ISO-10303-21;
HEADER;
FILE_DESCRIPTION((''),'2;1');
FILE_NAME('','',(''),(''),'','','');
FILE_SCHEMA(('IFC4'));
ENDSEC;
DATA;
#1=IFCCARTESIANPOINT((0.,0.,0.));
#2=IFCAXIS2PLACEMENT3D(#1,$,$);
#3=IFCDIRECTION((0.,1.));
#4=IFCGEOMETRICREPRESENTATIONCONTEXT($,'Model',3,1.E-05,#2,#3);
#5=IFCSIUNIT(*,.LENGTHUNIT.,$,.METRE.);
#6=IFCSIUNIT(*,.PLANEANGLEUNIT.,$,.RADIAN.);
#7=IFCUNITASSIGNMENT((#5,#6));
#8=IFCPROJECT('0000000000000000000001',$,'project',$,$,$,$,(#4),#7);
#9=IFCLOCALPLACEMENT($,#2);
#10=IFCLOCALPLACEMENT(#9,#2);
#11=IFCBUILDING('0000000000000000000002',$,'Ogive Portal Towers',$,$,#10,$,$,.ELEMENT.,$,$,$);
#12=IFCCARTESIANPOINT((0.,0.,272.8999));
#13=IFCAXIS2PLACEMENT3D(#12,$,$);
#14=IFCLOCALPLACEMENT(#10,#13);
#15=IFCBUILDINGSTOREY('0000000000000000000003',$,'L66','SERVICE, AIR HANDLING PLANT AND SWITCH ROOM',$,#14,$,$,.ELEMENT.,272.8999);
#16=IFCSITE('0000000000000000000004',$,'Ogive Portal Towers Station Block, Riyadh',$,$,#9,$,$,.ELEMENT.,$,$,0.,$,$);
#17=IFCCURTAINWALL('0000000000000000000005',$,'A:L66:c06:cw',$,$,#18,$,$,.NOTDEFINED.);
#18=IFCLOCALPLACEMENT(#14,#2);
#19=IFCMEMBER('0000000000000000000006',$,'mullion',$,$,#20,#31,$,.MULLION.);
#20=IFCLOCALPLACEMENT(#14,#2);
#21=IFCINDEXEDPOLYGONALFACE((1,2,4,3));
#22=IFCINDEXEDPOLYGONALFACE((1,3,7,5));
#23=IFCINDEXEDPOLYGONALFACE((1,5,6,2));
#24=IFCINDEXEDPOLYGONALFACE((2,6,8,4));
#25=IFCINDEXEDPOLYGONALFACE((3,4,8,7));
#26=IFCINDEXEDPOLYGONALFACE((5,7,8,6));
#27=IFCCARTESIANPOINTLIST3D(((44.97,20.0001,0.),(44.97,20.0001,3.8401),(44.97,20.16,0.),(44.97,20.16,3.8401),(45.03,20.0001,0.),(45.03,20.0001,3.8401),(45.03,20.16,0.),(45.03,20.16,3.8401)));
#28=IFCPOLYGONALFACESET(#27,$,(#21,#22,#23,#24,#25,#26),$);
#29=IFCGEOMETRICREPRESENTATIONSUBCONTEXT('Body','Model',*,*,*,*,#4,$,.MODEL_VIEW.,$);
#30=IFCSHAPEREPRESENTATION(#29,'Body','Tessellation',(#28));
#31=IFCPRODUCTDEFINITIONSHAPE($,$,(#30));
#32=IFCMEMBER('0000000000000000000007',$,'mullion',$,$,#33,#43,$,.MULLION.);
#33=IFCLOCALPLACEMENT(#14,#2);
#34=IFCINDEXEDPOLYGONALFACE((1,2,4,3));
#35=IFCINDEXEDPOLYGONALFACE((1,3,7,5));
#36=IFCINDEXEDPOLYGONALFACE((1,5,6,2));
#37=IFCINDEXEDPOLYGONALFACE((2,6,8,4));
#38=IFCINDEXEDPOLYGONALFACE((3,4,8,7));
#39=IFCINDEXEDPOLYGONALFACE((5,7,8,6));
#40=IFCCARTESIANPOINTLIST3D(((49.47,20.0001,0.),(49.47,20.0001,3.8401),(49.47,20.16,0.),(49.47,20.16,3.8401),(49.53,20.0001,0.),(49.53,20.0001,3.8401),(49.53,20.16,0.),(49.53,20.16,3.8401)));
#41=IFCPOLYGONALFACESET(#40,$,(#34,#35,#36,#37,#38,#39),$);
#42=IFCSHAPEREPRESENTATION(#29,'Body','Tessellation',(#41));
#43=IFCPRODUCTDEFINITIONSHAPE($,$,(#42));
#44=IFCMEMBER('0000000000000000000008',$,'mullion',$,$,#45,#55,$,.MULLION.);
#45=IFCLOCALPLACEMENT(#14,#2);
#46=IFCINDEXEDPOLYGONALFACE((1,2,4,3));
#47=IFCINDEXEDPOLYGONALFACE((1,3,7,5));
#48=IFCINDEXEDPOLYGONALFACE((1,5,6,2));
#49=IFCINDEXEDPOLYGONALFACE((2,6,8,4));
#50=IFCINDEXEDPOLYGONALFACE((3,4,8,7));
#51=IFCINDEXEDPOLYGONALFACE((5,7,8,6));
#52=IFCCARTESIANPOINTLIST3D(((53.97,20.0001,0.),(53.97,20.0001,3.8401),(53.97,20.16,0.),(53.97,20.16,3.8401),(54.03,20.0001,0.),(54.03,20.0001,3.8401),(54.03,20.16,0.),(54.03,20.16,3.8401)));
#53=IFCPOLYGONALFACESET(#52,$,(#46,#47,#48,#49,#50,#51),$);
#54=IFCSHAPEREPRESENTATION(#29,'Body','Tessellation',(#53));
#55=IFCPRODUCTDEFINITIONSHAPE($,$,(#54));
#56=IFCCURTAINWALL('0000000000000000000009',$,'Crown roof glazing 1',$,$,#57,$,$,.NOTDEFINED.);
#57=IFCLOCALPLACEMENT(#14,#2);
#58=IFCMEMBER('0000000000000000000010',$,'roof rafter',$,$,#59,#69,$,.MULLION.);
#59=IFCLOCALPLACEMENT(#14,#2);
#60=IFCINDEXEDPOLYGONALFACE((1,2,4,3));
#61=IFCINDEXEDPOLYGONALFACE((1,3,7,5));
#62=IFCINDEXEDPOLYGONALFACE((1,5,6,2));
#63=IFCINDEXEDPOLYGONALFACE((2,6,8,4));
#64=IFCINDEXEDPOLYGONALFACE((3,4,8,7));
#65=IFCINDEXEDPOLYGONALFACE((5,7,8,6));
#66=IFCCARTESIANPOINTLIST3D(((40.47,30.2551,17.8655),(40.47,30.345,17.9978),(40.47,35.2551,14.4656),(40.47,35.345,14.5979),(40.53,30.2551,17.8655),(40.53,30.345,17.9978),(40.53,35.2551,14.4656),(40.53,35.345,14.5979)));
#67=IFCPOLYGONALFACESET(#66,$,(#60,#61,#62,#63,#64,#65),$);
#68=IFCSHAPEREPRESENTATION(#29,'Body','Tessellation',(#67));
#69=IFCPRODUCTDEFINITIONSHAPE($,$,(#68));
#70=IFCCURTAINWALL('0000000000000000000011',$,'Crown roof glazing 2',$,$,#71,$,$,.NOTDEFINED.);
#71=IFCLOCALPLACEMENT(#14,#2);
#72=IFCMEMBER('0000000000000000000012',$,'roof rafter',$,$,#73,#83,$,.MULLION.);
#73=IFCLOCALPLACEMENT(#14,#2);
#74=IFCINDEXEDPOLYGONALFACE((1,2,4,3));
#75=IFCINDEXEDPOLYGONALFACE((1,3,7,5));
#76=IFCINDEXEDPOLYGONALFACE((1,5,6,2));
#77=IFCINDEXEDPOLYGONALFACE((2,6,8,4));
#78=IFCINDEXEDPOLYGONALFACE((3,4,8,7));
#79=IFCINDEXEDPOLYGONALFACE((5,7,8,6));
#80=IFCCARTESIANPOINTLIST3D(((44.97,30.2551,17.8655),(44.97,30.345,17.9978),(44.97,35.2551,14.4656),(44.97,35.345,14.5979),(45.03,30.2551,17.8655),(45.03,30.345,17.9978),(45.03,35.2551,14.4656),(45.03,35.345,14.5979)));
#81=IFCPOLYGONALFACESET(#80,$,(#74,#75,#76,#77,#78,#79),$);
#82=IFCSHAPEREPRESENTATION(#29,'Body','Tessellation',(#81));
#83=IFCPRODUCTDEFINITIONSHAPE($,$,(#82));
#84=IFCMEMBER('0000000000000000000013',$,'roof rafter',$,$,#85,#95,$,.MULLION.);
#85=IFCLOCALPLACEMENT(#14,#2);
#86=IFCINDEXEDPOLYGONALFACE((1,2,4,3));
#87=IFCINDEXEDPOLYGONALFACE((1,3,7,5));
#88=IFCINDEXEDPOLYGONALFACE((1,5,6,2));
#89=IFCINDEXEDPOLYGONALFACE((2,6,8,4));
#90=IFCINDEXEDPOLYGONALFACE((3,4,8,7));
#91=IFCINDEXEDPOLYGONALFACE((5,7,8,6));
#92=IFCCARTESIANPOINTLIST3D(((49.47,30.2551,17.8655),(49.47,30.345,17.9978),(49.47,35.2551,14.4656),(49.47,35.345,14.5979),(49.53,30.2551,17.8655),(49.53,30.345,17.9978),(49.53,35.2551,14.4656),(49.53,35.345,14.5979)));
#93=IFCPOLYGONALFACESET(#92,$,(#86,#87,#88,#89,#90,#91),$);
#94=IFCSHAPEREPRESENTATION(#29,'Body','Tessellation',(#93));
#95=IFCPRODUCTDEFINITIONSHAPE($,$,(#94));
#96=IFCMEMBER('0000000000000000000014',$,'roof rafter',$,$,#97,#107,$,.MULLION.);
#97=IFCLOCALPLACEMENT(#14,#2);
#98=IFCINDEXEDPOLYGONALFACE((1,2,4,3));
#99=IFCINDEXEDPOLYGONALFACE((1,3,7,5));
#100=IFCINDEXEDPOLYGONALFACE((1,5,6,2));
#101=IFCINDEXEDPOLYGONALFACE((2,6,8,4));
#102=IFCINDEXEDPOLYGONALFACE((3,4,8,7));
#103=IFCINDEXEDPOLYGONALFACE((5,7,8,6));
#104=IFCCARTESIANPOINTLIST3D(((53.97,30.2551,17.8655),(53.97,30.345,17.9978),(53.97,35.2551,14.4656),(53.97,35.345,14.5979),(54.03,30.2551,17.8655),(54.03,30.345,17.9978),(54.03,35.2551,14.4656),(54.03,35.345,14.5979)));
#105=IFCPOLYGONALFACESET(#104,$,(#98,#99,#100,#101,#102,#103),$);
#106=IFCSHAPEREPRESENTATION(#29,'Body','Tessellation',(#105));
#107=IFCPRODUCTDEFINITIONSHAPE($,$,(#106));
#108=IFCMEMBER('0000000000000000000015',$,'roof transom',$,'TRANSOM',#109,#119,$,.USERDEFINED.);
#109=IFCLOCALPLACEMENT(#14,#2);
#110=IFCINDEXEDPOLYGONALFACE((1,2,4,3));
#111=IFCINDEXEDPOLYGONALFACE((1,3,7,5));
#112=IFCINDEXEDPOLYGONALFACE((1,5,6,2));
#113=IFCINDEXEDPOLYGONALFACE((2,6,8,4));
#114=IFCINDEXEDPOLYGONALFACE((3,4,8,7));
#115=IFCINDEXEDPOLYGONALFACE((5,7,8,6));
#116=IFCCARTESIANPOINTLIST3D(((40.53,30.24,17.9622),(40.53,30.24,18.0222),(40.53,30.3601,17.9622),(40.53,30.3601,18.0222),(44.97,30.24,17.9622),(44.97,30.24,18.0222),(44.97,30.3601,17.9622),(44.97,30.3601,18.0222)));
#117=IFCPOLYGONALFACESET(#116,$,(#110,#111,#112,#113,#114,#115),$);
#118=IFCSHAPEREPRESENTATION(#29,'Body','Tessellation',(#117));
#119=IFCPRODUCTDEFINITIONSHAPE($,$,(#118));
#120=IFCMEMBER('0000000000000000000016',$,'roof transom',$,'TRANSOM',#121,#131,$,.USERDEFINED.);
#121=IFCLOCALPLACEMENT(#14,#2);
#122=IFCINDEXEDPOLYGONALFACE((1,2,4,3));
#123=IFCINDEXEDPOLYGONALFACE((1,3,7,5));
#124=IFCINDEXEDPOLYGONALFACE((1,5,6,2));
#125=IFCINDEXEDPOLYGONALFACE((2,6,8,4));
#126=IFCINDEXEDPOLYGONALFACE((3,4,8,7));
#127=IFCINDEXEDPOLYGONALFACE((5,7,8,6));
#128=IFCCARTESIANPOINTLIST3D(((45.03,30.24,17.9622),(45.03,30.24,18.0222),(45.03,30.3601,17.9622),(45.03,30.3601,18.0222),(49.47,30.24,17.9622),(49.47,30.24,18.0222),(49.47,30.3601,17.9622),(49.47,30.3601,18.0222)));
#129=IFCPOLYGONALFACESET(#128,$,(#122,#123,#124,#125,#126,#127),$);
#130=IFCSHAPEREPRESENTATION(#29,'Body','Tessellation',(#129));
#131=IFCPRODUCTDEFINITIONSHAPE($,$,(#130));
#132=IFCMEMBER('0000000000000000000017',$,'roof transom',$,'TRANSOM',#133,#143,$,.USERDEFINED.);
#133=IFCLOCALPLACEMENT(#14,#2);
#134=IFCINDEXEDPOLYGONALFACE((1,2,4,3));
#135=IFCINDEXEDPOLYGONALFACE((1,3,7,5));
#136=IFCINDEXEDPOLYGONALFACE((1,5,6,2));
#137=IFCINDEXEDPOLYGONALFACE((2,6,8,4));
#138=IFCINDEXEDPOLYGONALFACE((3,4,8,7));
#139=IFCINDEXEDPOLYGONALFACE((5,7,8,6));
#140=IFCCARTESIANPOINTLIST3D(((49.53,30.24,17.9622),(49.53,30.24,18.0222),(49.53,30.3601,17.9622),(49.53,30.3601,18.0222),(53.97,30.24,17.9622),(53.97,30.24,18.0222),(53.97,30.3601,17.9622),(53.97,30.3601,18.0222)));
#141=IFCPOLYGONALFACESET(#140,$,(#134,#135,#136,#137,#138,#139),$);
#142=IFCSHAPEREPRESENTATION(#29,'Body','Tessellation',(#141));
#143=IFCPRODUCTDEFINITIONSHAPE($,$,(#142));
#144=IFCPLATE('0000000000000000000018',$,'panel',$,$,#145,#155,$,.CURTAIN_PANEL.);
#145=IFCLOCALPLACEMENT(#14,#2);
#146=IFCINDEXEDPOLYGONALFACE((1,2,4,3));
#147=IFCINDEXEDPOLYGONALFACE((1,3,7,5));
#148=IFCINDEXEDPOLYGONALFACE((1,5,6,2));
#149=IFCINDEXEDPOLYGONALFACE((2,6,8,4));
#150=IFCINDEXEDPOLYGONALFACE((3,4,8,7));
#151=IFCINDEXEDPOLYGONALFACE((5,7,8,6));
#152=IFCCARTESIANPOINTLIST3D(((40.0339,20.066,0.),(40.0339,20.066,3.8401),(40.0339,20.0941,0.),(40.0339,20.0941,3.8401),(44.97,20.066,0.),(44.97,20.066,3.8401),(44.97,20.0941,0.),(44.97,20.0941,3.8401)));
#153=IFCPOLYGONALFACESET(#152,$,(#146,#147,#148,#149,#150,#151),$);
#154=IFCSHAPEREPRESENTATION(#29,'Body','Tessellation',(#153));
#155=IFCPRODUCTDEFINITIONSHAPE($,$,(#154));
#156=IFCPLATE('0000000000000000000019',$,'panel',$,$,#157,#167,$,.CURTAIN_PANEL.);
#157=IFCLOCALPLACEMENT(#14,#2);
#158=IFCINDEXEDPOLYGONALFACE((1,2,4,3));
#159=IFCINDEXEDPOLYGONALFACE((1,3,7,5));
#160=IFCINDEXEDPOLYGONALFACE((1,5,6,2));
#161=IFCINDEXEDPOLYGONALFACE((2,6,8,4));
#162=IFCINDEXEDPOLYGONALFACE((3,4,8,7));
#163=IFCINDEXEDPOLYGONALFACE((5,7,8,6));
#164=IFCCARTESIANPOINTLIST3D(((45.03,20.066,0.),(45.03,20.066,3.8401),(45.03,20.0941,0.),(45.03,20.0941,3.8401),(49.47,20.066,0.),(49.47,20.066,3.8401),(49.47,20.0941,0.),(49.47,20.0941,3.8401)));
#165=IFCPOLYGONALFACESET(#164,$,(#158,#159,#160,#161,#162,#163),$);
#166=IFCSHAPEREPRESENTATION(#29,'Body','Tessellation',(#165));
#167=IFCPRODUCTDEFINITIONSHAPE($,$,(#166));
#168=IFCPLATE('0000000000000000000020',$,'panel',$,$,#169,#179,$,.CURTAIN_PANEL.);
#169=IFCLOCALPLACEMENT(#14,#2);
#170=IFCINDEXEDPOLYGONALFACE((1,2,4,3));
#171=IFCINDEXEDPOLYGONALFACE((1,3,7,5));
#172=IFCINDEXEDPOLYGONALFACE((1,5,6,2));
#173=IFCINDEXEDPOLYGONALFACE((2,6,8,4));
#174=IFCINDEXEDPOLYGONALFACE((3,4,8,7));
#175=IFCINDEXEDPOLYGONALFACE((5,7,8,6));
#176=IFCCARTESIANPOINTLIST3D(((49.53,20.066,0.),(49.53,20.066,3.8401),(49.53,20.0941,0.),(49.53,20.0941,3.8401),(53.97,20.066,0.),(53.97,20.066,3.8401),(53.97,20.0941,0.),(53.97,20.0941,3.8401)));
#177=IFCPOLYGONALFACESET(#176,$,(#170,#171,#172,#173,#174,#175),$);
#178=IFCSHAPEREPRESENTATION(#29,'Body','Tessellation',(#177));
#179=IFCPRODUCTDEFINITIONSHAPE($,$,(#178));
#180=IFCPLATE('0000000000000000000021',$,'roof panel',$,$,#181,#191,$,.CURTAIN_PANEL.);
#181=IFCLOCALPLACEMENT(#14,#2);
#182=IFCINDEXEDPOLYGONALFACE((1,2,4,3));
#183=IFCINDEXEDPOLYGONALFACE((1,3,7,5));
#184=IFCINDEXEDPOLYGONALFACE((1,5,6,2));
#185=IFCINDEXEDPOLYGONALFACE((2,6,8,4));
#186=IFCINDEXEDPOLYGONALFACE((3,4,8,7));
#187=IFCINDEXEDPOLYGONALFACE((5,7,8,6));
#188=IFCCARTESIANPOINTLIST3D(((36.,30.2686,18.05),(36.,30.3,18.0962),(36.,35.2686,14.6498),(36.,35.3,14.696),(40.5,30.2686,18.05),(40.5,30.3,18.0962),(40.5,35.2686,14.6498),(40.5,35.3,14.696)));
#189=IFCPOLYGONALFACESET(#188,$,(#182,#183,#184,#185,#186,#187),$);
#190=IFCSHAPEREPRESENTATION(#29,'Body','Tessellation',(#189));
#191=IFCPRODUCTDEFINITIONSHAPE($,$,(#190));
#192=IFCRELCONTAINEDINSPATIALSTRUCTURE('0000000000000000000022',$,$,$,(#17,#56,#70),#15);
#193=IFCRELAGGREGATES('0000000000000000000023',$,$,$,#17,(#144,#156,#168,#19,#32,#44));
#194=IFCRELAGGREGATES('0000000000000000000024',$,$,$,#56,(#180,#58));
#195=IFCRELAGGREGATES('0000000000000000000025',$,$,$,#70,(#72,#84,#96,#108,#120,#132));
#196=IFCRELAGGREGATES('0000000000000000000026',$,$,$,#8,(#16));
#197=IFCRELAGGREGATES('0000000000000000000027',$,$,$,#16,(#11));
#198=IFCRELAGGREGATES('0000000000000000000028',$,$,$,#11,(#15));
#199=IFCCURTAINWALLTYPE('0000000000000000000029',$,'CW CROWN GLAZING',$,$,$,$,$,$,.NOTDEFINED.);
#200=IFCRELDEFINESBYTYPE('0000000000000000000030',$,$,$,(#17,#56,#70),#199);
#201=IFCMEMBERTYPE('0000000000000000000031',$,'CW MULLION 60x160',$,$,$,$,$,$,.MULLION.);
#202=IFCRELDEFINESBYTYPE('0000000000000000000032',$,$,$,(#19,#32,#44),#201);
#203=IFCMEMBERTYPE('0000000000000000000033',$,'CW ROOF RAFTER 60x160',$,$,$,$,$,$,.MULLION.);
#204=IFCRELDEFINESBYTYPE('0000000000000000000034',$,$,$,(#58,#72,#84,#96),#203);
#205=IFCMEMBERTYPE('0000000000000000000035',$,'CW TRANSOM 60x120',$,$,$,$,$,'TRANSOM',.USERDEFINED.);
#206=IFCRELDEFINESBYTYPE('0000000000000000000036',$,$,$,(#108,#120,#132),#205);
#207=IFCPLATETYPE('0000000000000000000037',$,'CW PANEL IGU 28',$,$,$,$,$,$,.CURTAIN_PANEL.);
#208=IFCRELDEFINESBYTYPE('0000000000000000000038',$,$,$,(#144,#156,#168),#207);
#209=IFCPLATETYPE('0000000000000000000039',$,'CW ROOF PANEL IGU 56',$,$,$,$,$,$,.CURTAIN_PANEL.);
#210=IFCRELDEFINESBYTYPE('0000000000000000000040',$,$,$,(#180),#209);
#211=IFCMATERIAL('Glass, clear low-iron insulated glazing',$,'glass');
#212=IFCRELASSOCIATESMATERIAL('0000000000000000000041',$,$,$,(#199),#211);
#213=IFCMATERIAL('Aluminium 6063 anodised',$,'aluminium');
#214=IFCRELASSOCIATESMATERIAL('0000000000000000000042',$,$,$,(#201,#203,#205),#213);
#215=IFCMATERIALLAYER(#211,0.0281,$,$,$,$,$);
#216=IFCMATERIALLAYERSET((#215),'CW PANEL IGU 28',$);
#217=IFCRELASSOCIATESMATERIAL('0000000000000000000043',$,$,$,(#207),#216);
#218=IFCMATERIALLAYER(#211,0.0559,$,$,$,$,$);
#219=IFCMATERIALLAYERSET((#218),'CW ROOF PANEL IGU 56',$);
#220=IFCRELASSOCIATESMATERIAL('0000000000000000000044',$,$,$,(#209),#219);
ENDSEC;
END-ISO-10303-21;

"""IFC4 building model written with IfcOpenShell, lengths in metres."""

from ifc_helpers import new_model, si_unit, direction, frame, origin, origin_2d, place, context, subcontext, project, spatial, polyline, rectangle, outline, extrude, material, layer, layer_set, material_profile, profile_set, type_object, element, aggregate, save


model = new_model("IFC4")

# Units and contexts
model_context = context("Model", 3, precision=1e-05, world=origin(), true_north=direction((0.0, 1.0)))
body_context = subcontext(model_context, "Body", "Model", "MODEL_VIEW")
ifc_project = project(units=[si_unit("LENGTHUNIT", "METRE"), si_unit("PLANEANGLEUNIT", "RADIAN")], contexts=[model_context])

# Site, building, storey
site_placement = place(None, origin())
site = spatial("IfcSite", under=ifc_project, at=site_placement, Name="Ogive Portal Towers Station Block, Riyadh", CompositionType="ELEMENT", RefElevation=0.0)
building_placement = place(site_placement, origin())
building = spatial("IfcBuilding", under=site, at=building_placement, Name="Ogive Portal Towers", CompositionType="ELEMENT")
storey_placement = place(building_placement, frame((0.0, 0.0, 272.8999)))
storey = spatial("IfcBuildingStorey", under=building, at=storey_placement, Name="L66", Description="SERVICE, AIR HANDLING PLANT AND SWITCH ROOM", CompositionType="ELEMENT", Elevation=272.8999)

# Curtain wall, members
ifc_material_1 = material(Name="Glass, clear low-iron insulated glazing", Category="glass")
curtain_wall_type = type_object("IfcCurtainWallType", Name="CW CROWN GLAZING", PredefinedType="NOTDEFINED", material=ifc_material_1)
curtain_wall_1_placement = place(storey_placement, origin())
curtain_wall_1 = element("IfcCurtainWall", 1, at=curtain_wall_1_placement, inside=storey, type_object=curtain_wall_type, Name="A:L66:c06:cw", PredefinedType="NOTDEFINED")
ifc_material_2 = material(Name="Aluminium 6063 anodised", Category="aluminium")
ifc_material_profile_1 = material_profile(ifc_material_2, rectangle(XDim=0.1599, YDim=0.0601, at=origin_2d()), Name="AL 60x160")
ifc_profile_set_1 = profile_set([ifc_material_profile_1], Name="Aluminium 6063 anodised")
member_type_1 = type_object("IfcMemberType", Name="CW MULLION 60x160", PredefinedType="MULLION", material=ifc_profile_set_1)
member_1_placement = place(storey_placement, frame((45.0, 20.0801, 0.0), z_axis=(0.0, 0.0, 1.0), x_axis=(0.0, 1.0, 0.0)))
member_1 = element("IfcMember", 2, at=member_1_placement, type_object=member_type_1, Name="mullion", PredefinedType="MULLION", context=body_context, shape_type="SweptSolid", body=[
    extrude(rectangle(XDim=0.1599, YDim=0.0601, at=origin_2d()), origin(), (0.0, 0.0, 1.0), 3.8401),
])
member_2_placement = place(storey_placement, frame((49.5, 20.0801, 0.0), z_axis=(0.0, 0.0, 1.0), x_axis=(0.0, 1.0, 0.0)))
member_2 = element("IfcMember", 3, at=member_2_placement, type_object=member_type_1, Name="mullion", PredefinedType="MULLION", context=body_context, shape_type="SweptSolid", body=[
    extrude(rectangle(XDim=0.1599, YDim=0.0601, at=origin_2d()), origin(), (0.0, 0.0, 1.0), 3.8401),
])
member_3_placement = place(storey_placement, frame((54.0, 20.0801, 0.0), z_axis=(0.0, 0.0, 1.0), x_axis=(0.0, 1.0, 0.0)))
member_3 = element("IfcMember", 4, at=member_3_placement, type_object=member_type_1, Name="mullion", PredefinedType="MULLION", context=body_context, shape_type="SweptSolid", body=[
    extrude(rectangle(XDim=0.1599, YDim=0.0601, at=origin_2d()), origin(), (0.0, 0.0, 1.0), 3.8401),
])

# Curtain wall, member
curtain_wall_2_placement = place(storey_placement, origin())
curtain_wall_2 = element("IfcCurtainWall", 5, at=curtain_wall_2_placement, inside=storey, type_object=curtain_wall_type, Name="Crown roof glazing 1", PredefinedType="NOTDEFINED")
ifc_material_profile_2 = material_profile(ifc_material_2, rectangle(XDim=0.0601, YDim=0.1599, at=origin_2d()), Name="AL 60x160 rafter")
ifc_profile_set_2 = profile_set([ifc_material_profile_2], Name="Aluminium 6063 anodised")
member_type_2 = type_object("IfcMemberType", Name="CW ROOF RAFTER 60x160", PredefinedType="MULLION", material=ifc_profile_set_2)
member_4_placement = place(storey_placement, frame((40.5, 30.3, 17.9316), z_axis=(0.0, 0.826934, -0.562299), x_axis=(-1.0, 0.0, 0.0)))
member_4 = element("IfcMember", 6, at=member_4_placement, type_object=member_type_2, Name="roof rafter", PredefinedType="MULLION", context=body_context, shape_type="SweptSolid", body=[
    extrude(rectangle(XDim=0.0601, YDim=0.1599, at=origin_2d()), origin(), (0.0, 0.0, 1.0), 6.0464),
])

# Curtain wall, members
curtain_wall_3_placement = place(storey_placement, origin())
curtain_wall_3 = element("IfcCurtainWall", 7, at=curtain_wall_3_placement, inside=storey, type_object=curtain_wall_type, Name="Crown roof glazing 2", PredefinedType="NOTDEFINED")
member_5_placement = place(storey_placement, frame((45.0, 30.3, 17.9316), z_axis=(0.0, 0.826934, -0.562299), x_axis=(-1.0, 0.0, 0.0)))
member_5 = element("IfcMember", 8, at=member_5_placement, type_object=member_type_2, Name="roof rafter", PredefinedType="MULLION", context=body_context, shape_type="SweptSolid", body=[
    extrude(rectangle(XDim=0.0601, YDim=0.1599, at=origin_2d()), origin(), (0.0, 0.0, 1.0), 6.0464),
])
member_6_placement = place(storey_placement, frame((49.5, 30.3, 17.9316), z_axis=(0.0, 0.826934, -0.562299), x_axis=(-1.0, 0.0, 0.0)))
member_6 = element("IfcMember", 9, at=member_6_placement, type_object=member_type_2, Name="roof rafter", PredefinedType="MULLION", context=body_context, shape_type="SweptSolid", body=[
    extrude(rectangle(XDim=0.0601, YDim=0.1599, at=origin_2d()), origin(), (0.0, 0.0, 1.0), 6.0464),
])
member_7_placement = place(storey_placement, frame((54.0, 30.3, 17.9316), z_axis=(0.0, 0.826934, -0.562299), x_axis=(-1.0, 0.0, 0.0)))
member_7 = element("IfcMember", 10, at=member_7_placement, type_object=member_type_2, Name="roof rafter", PredefinedType="MULLION", context=body_context, shape_type="SweptSolid", body=[
    extrude(rectangle(XDim=0.0601, YDim=0.1599, at=origin_2d()), origin(), (0.0, 0.0, 1.0), 6.0464),
])
ifc_material_profile_3 = material_profile(ifc_material_2, rectangle(XDim=0.1201, YDim=0.0601, at=origin_2d()), Name="AL 120x60")
ifc_profile_set_3 = profile_set([ifc_material_profile_3], Name="Aluminium 6063 anodised")
member_type_3 = type_object("IfcMemberType", Name="CW TRANSOM 60x120", ElementType="TRANSOM", PredefinedType="USERDEFINED", material=ifc_profile_set_3)
member_8_placement = place(storey_placement, frame((40.53, 30.3, 17.9922), z_axis=(1.0, 0.0, 0.0), x_axis=(0.0, 1.0, 0.0)))
member_8 = element("IfcMember", 11, at=member_8_placement, type_object=member_type_3, Name="roof transom", ObjectType="TRANSOM", PredefinedType="USERDEFINED", context=body_context, shape_type="SweptSolid", body=[
    extrude(rectangle(XDim=0.1201, YDim=0.0601, at=origin_2d()), origin(), (0.0, 0.0, 1.0), 4.4399),
])
member_9_placement = place(storey_placement, frame((45.03, 30.3, 17.9922), z_axis=(1.0, 0.0, 0.0), x_axis=(0.0, 1.0, 0.0)))
member_9 = element("IfcMember", 12, at=member_9_placement, type_object=member_type_3, Name="roof transom", ObjectType="TRANSOM", PredefinedType="USERDEFINED", context=body_context, shape_type="SweptSolid", body=[
    extrude(rectangle(XDim=0.1201, YDim=0.0601, at=origin_2d()), origin(), (0.0, 0.0, 1.0), 4.4399),
])
member_10_placement = place(storey_placement, frame((49.53, 30.3, 17.9922), z_axis=(1.0, 0.0, 0.0), x_axis=(0.0, 1.0, 0.0)))
member_10 = element("IfcMember", 13, at=member_10_placement, type_object=member_type_3, Name="roof transom", ObjectType="TRANSOM", PredefinedType="USERDEFINED", context=body_context, shape_type="SweptSolid", body=[
    extrude(rectangle(XDim=0.1201, YDim=0.0601, at=origin_2d()), origin(), (0.0, 0.0, 1.0), 4.4399),
])

# Plates
ifc_layer_1 = layer(ifc_material_1, 0.0281)
ifc_layer_set_1 = layer_set([ifc_layer_1], Name="CW PANEL IGU 28")
plate_type_1 = type_object("IfcPlateType", Name="CW PANEL IGU 28", PredefinedType="CURTAIN_PANEL", material=ifc_layer_set_1)
plate_1_placement = place(storey_placement, frame((42.502, 20.0801, 0.0), z_axis=(0.0, 0.0, 1.0), x_axis=(1.0, 0.0, 0.0)))
plate_1 = element("IfcPlate", 14, at=plate_1_placement, type_object=plate_type_1, Name="panel", PredefinedType="CURTAIN_PANEL", context=body_context, shape_type="SweptSolid", body=[
    extrude(rectangle(XDim=4.936, YDim=0.0281, at=origin_2d()), origin(), (0.0, 0.0, 1.0), 3.8401),
])
plate_2_placement = place(storey_placement, frame((47.25, 20.0801, 0.0), z_axis=(0.0, 0.0, 1.0), x_axis=(1.0, 0.0, 0.0)))
plate_2 = element("IfcPlate", 15, at=plate_2_placement, type_object=plate_type_1, Name="panel", PredefinedType="CURTAIN_PANEL", context=body_context, shape_type="SweptSolid", body=[
    extrude(rectangle(XDim=4.4399, YDim=0.0281, at=origin_2d()), origin(), (0.0, 0.0, 1.0), 3.8401),
])
plate_3_placement = place(storey_placement, frame((51.75, 20.0801, 0.0), z_axis=(0.0, 0.0, 1.0), x_axis=(1.0, 0.0, 0.0)))
plate_3 = element("IfcPlate", 16, at=plate_3_placement, type_object=plate_type_1, Name="panel", PredefinedType="CURTAIN_PANEL", context=body_context, shape_type="SweptSolid", body=[
    extrude(rectangle(XDim=4.4399, YDim=0.0281, at=origin_2d()), origin(), (0.0, 0.0, 1.0), 3.8401),
])
aggregate(curtain_wall_1, [plate_1, plate_2, plate_3, member_1, member_2, member_3])
ifc_layer_2 = layer(ifc_material_1, 0.0559)
ifc_layer_set_2 = layer_set([ifc_layer_2], Name="CW ROOF PANEL IGU 56")
plate_type_2 = type_object("IfcPlateType", Name="CW ROOF PANEL IGU 56", PredefinedType="CURTAIN_PANEL", material=ifc_layer_set_2)
plate_4_placement = place(storey_placement, frame((40.5, 30.3, 18.0962), z_axis=(0.0, 0.562327, 0.826915), x_axis=(0.0, 0.826915, -0.562327)))
plate_4 = element("IfcPlate", 17, at=plate_4_placement, type_object=plate_type_2, Name="roof panel", PredefinedType="CURTAIN_PANEL", context=body_context, shape_type="SweptSolid", body=[
    extrude(outline(polyline([(0.0, 0.0), (6.0466, 0.0), (6.0466, 4.5), (0.0, 4.5), (0.0, 0.0)])), origin(), (0.0, 0.0, -1.0), 0.0559),
])
aggregate(curtain_wall_2, [plate_4, member_4])
aggregate(curtain_wall_3, [member_5, member_6, member_7, member_8, member_9, member_10])

save(model, "model.ifc")
